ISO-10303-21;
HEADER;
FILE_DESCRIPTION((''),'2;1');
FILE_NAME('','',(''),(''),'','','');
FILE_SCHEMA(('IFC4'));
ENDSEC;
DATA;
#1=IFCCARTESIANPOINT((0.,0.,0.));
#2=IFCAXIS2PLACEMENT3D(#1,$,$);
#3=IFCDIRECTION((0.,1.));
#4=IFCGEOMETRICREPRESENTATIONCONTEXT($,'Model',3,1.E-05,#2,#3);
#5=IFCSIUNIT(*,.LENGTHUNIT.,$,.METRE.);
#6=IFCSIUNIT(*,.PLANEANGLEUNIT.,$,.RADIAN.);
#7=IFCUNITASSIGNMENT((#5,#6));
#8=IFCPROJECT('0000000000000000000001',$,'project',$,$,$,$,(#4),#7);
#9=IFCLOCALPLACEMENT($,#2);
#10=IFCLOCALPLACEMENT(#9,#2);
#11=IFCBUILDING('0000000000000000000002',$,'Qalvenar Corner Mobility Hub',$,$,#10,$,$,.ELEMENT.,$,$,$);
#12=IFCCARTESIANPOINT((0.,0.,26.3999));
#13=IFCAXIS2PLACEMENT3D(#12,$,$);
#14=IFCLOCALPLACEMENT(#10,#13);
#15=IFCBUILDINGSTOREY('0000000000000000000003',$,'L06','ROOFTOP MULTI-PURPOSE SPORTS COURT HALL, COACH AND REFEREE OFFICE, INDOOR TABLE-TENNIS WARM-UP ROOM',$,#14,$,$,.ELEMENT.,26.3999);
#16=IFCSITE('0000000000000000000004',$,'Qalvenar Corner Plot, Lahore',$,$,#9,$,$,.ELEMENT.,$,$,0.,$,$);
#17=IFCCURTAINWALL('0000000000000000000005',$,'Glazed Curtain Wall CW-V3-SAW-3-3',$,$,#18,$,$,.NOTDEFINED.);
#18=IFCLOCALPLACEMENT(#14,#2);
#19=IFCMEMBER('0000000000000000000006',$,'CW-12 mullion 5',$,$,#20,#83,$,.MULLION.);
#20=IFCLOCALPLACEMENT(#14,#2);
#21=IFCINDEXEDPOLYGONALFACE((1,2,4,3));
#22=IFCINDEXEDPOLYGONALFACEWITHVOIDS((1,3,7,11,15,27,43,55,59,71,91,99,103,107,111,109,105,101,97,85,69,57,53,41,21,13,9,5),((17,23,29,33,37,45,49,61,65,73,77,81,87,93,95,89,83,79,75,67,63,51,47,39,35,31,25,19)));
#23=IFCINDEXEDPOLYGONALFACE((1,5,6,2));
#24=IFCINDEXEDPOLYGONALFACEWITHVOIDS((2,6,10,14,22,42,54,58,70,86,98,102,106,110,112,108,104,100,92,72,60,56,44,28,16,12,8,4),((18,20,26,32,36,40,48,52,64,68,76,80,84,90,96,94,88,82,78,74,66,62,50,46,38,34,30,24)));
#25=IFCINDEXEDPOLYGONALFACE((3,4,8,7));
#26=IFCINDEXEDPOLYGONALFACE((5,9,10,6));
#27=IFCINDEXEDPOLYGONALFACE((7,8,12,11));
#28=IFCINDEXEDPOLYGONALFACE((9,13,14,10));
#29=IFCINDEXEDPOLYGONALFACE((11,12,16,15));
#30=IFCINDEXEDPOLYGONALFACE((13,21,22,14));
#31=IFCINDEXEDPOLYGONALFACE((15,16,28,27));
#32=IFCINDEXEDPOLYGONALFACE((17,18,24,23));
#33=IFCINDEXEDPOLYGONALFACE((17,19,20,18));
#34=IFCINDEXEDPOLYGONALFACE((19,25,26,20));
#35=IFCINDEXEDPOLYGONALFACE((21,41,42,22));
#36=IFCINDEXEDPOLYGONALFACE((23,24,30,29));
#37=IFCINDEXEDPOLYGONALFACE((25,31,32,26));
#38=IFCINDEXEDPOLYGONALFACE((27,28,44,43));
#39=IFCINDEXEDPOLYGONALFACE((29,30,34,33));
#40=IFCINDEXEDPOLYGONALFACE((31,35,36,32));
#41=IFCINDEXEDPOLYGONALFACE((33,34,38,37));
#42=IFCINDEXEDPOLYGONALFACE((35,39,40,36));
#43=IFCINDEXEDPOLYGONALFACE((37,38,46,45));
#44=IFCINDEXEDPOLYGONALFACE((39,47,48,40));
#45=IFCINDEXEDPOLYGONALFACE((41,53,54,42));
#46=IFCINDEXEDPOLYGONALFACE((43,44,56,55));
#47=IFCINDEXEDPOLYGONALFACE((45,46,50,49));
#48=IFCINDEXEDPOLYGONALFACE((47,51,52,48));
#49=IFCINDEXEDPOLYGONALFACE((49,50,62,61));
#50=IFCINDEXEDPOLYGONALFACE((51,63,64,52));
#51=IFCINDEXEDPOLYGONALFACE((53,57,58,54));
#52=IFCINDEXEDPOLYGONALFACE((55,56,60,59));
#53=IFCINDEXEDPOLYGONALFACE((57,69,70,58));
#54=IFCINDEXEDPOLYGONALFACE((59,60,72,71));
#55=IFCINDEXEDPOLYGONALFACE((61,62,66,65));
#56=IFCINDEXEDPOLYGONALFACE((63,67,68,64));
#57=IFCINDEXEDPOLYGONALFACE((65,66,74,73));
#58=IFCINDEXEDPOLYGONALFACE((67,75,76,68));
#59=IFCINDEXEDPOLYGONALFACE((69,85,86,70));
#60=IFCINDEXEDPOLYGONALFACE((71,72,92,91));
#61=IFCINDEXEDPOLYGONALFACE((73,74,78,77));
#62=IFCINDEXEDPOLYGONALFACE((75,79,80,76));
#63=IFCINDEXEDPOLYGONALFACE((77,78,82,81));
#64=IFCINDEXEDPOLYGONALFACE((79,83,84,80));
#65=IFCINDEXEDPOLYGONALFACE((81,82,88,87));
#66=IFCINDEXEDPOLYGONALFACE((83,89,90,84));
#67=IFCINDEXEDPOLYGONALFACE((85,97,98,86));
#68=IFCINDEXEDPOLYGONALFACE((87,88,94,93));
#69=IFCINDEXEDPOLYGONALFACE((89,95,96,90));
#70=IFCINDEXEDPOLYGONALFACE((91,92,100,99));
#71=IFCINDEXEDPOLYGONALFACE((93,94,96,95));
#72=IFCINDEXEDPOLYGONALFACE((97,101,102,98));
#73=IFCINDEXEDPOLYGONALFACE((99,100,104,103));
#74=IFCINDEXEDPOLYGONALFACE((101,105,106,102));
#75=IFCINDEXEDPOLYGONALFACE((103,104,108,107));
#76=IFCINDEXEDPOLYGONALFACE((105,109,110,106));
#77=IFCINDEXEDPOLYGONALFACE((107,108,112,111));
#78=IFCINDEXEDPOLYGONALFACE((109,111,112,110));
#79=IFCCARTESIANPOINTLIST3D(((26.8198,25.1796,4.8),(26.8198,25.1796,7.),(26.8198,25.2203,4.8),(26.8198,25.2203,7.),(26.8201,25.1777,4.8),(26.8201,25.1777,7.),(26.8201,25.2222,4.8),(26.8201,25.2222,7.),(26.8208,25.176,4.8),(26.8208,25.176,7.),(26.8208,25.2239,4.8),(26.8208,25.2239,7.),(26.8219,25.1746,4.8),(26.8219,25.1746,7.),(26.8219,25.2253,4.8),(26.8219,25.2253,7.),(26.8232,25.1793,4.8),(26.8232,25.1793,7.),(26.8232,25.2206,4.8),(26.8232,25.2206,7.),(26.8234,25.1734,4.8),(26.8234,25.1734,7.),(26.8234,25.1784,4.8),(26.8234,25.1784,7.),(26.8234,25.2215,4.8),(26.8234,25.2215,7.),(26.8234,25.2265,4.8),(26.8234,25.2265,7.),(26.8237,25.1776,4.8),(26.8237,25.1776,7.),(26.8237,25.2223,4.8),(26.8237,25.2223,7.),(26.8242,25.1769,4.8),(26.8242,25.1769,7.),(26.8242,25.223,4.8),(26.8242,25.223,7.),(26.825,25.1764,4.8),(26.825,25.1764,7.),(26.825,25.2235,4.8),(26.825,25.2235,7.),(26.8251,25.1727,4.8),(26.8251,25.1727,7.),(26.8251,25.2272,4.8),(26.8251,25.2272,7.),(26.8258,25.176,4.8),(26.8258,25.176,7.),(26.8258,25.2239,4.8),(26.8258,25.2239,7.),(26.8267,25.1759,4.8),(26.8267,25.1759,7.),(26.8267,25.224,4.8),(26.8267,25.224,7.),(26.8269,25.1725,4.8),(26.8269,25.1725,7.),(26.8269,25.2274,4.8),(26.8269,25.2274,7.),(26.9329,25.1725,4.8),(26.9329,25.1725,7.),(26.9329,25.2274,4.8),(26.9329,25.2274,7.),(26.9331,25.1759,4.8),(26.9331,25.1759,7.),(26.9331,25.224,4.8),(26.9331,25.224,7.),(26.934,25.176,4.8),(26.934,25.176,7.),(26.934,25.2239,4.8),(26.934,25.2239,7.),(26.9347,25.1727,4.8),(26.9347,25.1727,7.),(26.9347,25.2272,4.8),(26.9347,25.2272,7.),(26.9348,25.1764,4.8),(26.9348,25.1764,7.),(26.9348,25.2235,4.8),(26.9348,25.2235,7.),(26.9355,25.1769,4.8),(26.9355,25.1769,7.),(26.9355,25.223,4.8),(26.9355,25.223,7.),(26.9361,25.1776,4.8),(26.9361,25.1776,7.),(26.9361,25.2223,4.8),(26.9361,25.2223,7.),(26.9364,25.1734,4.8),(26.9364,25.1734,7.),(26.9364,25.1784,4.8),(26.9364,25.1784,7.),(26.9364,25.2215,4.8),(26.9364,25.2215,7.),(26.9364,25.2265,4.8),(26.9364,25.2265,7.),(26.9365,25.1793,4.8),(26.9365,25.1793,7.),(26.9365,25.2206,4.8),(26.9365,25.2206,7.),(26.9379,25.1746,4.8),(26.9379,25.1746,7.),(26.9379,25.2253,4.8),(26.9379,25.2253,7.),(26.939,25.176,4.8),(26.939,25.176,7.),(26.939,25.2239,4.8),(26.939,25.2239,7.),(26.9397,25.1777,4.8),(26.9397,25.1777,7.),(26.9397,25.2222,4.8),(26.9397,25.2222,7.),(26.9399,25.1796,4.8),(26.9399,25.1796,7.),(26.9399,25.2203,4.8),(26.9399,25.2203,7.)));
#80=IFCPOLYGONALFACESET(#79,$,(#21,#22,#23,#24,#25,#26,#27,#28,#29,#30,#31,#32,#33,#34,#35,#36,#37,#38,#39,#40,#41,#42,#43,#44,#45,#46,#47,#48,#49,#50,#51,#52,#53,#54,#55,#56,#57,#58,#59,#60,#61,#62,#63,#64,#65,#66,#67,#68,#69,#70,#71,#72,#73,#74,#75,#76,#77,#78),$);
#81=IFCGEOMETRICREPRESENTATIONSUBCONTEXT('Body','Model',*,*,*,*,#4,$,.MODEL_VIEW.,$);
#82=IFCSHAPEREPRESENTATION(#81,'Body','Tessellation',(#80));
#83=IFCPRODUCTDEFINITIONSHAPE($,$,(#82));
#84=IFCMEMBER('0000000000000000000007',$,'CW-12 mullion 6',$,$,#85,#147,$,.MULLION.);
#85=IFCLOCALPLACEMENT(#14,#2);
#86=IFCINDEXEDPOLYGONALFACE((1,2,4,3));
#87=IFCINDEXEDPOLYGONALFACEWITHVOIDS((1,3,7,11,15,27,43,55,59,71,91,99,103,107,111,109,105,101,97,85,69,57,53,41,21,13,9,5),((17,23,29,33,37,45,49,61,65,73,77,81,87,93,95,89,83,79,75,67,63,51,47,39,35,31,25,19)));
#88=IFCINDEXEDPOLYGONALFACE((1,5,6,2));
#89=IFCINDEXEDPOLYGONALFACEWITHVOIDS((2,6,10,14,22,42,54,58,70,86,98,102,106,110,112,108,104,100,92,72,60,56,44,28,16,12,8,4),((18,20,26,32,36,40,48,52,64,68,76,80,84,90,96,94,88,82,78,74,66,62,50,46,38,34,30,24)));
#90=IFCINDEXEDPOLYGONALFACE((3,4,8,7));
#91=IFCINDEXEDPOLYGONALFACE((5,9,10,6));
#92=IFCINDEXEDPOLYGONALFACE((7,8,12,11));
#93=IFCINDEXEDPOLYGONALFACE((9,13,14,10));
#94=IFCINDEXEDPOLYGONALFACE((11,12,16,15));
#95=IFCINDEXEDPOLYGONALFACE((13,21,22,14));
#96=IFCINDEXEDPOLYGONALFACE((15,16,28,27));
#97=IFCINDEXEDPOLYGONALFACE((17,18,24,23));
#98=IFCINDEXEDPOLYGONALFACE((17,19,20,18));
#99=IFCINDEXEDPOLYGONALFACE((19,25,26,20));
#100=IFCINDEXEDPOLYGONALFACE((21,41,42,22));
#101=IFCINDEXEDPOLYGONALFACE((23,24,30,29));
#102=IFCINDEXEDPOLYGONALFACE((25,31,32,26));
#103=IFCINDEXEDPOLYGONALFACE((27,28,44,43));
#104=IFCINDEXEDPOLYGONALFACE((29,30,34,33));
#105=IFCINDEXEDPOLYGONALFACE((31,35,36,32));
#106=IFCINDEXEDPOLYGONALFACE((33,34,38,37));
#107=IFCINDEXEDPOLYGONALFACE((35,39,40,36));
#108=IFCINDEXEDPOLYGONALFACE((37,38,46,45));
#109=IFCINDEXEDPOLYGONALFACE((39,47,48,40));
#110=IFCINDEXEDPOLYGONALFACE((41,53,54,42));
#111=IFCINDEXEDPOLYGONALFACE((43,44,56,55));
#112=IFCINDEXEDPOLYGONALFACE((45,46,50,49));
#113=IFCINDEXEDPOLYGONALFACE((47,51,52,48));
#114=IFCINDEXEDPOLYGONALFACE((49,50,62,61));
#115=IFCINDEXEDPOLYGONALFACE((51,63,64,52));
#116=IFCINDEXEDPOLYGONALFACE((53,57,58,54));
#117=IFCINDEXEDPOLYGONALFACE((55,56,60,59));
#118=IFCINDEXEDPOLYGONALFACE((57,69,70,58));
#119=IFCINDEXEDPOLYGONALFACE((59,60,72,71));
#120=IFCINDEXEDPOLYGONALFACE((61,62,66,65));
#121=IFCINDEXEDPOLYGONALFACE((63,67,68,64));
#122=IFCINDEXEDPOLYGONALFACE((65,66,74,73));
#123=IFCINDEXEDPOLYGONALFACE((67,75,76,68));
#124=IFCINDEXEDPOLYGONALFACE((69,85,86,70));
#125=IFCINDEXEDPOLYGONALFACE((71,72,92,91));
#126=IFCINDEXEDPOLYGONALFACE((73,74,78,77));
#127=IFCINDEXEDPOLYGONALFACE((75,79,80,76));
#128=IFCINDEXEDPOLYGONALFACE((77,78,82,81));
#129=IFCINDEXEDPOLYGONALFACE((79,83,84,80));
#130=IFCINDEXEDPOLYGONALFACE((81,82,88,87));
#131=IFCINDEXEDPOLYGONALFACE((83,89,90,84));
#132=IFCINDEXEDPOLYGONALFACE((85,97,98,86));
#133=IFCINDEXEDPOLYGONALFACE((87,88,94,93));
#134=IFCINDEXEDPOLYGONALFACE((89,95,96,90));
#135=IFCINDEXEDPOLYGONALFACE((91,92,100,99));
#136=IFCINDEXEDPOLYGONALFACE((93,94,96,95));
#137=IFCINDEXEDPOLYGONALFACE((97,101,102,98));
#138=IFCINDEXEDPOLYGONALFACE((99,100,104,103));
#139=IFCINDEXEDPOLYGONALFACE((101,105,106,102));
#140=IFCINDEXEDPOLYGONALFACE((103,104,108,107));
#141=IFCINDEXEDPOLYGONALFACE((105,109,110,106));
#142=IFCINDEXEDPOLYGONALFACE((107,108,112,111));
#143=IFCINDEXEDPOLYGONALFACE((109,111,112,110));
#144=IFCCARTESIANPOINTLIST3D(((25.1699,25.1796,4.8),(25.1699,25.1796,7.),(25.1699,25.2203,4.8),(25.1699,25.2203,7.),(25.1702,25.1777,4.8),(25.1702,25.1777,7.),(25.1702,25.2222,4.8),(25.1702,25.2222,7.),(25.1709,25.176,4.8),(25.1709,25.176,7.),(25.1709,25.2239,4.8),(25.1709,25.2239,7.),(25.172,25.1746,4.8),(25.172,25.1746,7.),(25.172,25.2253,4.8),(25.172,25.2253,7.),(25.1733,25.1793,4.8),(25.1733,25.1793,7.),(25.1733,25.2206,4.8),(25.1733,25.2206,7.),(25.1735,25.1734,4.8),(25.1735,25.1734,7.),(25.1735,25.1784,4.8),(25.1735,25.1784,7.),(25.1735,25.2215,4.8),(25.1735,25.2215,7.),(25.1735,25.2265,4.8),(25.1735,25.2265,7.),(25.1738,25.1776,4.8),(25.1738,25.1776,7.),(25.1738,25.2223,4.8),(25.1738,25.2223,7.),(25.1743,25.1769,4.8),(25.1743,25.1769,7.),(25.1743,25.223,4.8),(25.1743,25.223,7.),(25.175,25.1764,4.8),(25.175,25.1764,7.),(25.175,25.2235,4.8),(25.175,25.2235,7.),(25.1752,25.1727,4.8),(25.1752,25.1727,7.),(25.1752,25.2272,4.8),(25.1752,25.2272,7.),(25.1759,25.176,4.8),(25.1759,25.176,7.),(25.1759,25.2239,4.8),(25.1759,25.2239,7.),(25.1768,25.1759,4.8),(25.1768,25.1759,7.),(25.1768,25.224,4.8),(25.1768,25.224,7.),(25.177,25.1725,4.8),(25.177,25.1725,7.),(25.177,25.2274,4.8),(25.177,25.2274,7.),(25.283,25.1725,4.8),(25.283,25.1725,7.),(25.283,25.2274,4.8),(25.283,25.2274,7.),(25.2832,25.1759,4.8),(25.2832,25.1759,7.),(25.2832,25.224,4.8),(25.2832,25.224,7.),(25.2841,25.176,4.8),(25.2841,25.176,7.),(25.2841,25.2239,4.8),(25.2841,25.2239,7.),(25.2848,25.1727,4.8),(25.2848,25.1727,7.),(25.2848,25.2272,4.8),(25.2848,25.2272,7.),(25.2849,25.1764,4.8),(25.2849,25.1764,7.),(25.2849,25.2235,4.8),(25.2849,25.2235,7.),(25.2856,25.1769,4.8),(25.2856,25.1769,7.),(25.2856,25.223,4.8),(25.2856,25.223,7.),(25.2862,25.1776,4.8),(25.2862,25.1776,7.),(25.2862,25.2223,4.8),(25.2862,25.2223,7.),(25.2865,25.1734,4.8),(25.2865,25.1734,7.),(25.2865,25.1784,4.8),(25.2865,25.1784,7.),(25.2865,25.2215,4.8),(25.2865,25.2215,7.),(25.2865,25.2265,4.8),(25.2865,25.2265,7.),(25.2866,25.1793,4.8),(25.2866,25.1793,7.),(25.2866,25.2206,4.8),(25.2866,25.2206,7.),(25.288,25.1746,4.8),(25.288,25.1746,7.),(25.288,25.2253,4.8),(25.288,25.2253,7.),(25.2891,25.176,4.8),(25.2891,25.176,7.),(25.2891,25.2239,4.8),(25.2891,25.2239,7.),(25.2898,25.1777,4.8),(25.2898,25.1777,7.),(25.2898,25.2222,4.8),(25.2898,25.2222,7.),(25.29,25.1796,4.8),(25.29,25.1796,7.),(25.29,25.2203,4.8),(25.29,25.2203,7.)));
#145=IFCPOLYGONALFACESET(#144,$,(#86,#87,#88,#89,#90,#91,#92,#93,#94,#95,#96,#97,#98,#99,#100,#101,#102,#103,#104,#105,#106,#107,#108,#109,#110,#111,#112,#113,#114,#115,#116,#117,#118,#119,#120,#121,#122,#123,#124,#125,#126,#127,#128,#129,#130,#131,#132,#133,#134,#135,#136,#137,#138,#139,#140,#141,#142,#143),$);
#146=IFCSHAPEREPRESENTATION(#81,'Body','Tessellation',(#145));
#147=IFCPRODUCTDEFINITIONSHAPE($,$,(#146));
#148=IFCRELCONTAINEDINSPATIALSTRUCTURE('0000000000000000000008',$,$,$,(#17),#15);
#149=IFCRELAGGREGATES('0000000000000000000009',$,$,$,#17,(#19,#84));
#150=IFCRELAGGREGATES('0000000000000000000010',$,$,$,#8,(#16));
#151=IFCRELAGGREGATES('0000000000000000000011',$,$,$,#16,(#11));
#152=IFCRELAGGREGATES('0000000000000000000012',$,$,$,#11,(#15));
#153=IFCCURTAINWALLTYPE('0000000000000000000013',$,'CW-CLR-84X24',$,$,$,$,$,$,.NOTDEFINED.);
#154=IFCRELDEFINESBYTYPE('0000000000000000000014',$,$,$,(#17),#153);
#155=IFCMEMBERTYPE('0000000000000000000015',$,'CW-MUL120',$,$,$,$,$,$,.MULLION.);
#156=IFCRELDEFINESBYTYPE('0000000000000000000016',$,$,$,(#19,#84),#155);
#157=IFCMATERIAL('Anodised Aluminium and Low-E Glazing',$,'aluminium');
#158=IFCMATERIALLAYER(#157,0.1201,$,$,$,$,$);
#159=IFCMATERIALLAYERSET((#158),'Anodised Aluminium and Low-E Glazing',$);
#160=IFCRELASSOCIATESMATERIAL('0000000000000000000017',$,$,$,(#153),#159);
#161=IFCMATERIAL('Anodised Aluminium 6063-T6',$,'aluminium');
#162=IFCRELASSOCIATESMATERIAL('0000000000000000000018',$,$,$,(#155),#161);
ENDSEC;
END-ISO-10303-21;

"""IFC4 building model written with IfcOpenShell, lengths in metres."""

from ifc_helpers import new_model, si_unit, direction, frame, origin, origin_2d, place, context, subcontext, project, spatial, hollow_rectangle, extrude, material, layer, layer_set, material_profile, profile_set, type_object, element, aggregate, save


model = new_model("IFC4")

# Units and contexts
model_context = context("Model", 3, precision=1e-05, world=origin(), true_north=direction((0.0, 1.0)))
body_context = subcontext(model_context, "Body", "Model", "MODEL_VIEW")
ifc_project = project(units=[si_unit("LENGTHUNIT", "METRE"), si_unit("PLANEANGLEUNIT", "RADIAN")], contexts=[model_context])

# Site, building, storey
site_placement = place(None, origin())
site = spatial("IfcSite", under=ifc_project, at=site_placement, Name="Qalvenar Corner Plot, Lahore", CompositionType="ELEMENT", RefElevation=0.0)
building_placement = place(site_placement, origin())
building = spatial("IfcBuilding", under=site, at=building_placement, Name="Qalvenar Corner Mobility Hub", CompositionType="ELEMENT")
storey_placement = place(building_placement, frame((0.0, 0.0, 26.3999)))
storey = spatial("IfcBuildingStorey", under=building, at=storey_placement, Name="L06", Description="ROOFTOP MULTI-PURPOSE SPORTS COURT HALL, COACH AND REFEREE OFFICE, INDOOR TABLE-TENNIS WARM-UP ROOM", CompositionType="ELEMENT", Elevation=26.3999)

# Curtain wall, members
ifc_material_1 = material(Name="Anodised Aluminium and Low-E Glazing", Category="aluminium")
ifc_layer_1 = layer(ifc_material_1, 0.1201)
ifc_layer_set_1 = layer_set([ifc_layer_1], Name="Anodised Aluminium and Low-E Glazing")
curtain_wall_type = type_object("IfcCurtainWallType", Name="CW-CLR-84X24", PredefinedType="NOTDEFINED", material=ifc_layer_set_1)
ifc_material_2 = material(Name="Anodised Aluminium 6063-T6", Category="aluminium")
ifc_material_profile_1 = material_profile(ifc_material_2, hollow_rectangle(XDim=0.0549, YDim=0.1201, WallThickness=0.0034, InnerFilletRadius=0.0034, OuterFilletRadius=0.0071, at=origin_2d()), Name="RHS120x55x3.5")
ifc_profile_set_1 = profile_set([ifc_material_profile_1], Name="Anodised Aluminium 6063-T6")
member_type_1 = type_object("IfcMemberType", Name="CW-MUL120", PredefinedType="MULLION", material=ifc_profile_set_1)
curtain_wall_1_placement = place(storey_placement, origin())
curtain_wall_1 = element("IfcCurtainWall", 1, at=curtain_wall_1_placement, inside=storey, type_object=curtain_wall_type, Name="Glazed Curtain Wall CW-V3-SAW-3-3", PredefinedType="NOTDEFINED")
member_1_placement = place(storey_placement, frame((26.8799, 25.2, 4.8), z_axis=(0.0, 0.0, 1.0), x_axis=(0.0, -1.0, 0.0)))
member_1 = element("IfcMember", 2, at=member_1_placement, type_object=member_type_1, Name="CW-12 mullion 5", PredefinedType="MULLION", context=body_context, shape_type="SweptSolid", body=[
    extrude(hollow_rectangle(XDim=0.0549, YDim=0.1201, WallThickness=0.0034, InnerFilletRadius=0.0034, OuterFilletRadius=0.0071, at=origin_2d()), origin(), (0.0, 0.0, 1.0), 2.2),
])
member_2_placement = place(storey_placement, frame((25.23, 25.2, 4.8), z_axis=(0.0, 0.0, 1.0), x_axis=(0.0, -1.0, 0.0)))
member_2 = element("IfcMember", 3, at=member_2_placement, type_object=member_type_1, Name="CW-12 mullion 6", PredefinedType="MULLION", context=body_context, shape_type="SweptSolid", body=[
    extrude(hollow_rectangle(XDim=0.0549, YDim=0.1201, WallThickness=0.0034, InnerFilletRadius=0.0034, OuterFilletRadius=0.0071, at=origin_2d()), origin(), (0.0, 0.0, 1.0), 2.2),
])

aggregate(curtain_wall_1, [member_1, member_2])

save(model, "model.ifc")
